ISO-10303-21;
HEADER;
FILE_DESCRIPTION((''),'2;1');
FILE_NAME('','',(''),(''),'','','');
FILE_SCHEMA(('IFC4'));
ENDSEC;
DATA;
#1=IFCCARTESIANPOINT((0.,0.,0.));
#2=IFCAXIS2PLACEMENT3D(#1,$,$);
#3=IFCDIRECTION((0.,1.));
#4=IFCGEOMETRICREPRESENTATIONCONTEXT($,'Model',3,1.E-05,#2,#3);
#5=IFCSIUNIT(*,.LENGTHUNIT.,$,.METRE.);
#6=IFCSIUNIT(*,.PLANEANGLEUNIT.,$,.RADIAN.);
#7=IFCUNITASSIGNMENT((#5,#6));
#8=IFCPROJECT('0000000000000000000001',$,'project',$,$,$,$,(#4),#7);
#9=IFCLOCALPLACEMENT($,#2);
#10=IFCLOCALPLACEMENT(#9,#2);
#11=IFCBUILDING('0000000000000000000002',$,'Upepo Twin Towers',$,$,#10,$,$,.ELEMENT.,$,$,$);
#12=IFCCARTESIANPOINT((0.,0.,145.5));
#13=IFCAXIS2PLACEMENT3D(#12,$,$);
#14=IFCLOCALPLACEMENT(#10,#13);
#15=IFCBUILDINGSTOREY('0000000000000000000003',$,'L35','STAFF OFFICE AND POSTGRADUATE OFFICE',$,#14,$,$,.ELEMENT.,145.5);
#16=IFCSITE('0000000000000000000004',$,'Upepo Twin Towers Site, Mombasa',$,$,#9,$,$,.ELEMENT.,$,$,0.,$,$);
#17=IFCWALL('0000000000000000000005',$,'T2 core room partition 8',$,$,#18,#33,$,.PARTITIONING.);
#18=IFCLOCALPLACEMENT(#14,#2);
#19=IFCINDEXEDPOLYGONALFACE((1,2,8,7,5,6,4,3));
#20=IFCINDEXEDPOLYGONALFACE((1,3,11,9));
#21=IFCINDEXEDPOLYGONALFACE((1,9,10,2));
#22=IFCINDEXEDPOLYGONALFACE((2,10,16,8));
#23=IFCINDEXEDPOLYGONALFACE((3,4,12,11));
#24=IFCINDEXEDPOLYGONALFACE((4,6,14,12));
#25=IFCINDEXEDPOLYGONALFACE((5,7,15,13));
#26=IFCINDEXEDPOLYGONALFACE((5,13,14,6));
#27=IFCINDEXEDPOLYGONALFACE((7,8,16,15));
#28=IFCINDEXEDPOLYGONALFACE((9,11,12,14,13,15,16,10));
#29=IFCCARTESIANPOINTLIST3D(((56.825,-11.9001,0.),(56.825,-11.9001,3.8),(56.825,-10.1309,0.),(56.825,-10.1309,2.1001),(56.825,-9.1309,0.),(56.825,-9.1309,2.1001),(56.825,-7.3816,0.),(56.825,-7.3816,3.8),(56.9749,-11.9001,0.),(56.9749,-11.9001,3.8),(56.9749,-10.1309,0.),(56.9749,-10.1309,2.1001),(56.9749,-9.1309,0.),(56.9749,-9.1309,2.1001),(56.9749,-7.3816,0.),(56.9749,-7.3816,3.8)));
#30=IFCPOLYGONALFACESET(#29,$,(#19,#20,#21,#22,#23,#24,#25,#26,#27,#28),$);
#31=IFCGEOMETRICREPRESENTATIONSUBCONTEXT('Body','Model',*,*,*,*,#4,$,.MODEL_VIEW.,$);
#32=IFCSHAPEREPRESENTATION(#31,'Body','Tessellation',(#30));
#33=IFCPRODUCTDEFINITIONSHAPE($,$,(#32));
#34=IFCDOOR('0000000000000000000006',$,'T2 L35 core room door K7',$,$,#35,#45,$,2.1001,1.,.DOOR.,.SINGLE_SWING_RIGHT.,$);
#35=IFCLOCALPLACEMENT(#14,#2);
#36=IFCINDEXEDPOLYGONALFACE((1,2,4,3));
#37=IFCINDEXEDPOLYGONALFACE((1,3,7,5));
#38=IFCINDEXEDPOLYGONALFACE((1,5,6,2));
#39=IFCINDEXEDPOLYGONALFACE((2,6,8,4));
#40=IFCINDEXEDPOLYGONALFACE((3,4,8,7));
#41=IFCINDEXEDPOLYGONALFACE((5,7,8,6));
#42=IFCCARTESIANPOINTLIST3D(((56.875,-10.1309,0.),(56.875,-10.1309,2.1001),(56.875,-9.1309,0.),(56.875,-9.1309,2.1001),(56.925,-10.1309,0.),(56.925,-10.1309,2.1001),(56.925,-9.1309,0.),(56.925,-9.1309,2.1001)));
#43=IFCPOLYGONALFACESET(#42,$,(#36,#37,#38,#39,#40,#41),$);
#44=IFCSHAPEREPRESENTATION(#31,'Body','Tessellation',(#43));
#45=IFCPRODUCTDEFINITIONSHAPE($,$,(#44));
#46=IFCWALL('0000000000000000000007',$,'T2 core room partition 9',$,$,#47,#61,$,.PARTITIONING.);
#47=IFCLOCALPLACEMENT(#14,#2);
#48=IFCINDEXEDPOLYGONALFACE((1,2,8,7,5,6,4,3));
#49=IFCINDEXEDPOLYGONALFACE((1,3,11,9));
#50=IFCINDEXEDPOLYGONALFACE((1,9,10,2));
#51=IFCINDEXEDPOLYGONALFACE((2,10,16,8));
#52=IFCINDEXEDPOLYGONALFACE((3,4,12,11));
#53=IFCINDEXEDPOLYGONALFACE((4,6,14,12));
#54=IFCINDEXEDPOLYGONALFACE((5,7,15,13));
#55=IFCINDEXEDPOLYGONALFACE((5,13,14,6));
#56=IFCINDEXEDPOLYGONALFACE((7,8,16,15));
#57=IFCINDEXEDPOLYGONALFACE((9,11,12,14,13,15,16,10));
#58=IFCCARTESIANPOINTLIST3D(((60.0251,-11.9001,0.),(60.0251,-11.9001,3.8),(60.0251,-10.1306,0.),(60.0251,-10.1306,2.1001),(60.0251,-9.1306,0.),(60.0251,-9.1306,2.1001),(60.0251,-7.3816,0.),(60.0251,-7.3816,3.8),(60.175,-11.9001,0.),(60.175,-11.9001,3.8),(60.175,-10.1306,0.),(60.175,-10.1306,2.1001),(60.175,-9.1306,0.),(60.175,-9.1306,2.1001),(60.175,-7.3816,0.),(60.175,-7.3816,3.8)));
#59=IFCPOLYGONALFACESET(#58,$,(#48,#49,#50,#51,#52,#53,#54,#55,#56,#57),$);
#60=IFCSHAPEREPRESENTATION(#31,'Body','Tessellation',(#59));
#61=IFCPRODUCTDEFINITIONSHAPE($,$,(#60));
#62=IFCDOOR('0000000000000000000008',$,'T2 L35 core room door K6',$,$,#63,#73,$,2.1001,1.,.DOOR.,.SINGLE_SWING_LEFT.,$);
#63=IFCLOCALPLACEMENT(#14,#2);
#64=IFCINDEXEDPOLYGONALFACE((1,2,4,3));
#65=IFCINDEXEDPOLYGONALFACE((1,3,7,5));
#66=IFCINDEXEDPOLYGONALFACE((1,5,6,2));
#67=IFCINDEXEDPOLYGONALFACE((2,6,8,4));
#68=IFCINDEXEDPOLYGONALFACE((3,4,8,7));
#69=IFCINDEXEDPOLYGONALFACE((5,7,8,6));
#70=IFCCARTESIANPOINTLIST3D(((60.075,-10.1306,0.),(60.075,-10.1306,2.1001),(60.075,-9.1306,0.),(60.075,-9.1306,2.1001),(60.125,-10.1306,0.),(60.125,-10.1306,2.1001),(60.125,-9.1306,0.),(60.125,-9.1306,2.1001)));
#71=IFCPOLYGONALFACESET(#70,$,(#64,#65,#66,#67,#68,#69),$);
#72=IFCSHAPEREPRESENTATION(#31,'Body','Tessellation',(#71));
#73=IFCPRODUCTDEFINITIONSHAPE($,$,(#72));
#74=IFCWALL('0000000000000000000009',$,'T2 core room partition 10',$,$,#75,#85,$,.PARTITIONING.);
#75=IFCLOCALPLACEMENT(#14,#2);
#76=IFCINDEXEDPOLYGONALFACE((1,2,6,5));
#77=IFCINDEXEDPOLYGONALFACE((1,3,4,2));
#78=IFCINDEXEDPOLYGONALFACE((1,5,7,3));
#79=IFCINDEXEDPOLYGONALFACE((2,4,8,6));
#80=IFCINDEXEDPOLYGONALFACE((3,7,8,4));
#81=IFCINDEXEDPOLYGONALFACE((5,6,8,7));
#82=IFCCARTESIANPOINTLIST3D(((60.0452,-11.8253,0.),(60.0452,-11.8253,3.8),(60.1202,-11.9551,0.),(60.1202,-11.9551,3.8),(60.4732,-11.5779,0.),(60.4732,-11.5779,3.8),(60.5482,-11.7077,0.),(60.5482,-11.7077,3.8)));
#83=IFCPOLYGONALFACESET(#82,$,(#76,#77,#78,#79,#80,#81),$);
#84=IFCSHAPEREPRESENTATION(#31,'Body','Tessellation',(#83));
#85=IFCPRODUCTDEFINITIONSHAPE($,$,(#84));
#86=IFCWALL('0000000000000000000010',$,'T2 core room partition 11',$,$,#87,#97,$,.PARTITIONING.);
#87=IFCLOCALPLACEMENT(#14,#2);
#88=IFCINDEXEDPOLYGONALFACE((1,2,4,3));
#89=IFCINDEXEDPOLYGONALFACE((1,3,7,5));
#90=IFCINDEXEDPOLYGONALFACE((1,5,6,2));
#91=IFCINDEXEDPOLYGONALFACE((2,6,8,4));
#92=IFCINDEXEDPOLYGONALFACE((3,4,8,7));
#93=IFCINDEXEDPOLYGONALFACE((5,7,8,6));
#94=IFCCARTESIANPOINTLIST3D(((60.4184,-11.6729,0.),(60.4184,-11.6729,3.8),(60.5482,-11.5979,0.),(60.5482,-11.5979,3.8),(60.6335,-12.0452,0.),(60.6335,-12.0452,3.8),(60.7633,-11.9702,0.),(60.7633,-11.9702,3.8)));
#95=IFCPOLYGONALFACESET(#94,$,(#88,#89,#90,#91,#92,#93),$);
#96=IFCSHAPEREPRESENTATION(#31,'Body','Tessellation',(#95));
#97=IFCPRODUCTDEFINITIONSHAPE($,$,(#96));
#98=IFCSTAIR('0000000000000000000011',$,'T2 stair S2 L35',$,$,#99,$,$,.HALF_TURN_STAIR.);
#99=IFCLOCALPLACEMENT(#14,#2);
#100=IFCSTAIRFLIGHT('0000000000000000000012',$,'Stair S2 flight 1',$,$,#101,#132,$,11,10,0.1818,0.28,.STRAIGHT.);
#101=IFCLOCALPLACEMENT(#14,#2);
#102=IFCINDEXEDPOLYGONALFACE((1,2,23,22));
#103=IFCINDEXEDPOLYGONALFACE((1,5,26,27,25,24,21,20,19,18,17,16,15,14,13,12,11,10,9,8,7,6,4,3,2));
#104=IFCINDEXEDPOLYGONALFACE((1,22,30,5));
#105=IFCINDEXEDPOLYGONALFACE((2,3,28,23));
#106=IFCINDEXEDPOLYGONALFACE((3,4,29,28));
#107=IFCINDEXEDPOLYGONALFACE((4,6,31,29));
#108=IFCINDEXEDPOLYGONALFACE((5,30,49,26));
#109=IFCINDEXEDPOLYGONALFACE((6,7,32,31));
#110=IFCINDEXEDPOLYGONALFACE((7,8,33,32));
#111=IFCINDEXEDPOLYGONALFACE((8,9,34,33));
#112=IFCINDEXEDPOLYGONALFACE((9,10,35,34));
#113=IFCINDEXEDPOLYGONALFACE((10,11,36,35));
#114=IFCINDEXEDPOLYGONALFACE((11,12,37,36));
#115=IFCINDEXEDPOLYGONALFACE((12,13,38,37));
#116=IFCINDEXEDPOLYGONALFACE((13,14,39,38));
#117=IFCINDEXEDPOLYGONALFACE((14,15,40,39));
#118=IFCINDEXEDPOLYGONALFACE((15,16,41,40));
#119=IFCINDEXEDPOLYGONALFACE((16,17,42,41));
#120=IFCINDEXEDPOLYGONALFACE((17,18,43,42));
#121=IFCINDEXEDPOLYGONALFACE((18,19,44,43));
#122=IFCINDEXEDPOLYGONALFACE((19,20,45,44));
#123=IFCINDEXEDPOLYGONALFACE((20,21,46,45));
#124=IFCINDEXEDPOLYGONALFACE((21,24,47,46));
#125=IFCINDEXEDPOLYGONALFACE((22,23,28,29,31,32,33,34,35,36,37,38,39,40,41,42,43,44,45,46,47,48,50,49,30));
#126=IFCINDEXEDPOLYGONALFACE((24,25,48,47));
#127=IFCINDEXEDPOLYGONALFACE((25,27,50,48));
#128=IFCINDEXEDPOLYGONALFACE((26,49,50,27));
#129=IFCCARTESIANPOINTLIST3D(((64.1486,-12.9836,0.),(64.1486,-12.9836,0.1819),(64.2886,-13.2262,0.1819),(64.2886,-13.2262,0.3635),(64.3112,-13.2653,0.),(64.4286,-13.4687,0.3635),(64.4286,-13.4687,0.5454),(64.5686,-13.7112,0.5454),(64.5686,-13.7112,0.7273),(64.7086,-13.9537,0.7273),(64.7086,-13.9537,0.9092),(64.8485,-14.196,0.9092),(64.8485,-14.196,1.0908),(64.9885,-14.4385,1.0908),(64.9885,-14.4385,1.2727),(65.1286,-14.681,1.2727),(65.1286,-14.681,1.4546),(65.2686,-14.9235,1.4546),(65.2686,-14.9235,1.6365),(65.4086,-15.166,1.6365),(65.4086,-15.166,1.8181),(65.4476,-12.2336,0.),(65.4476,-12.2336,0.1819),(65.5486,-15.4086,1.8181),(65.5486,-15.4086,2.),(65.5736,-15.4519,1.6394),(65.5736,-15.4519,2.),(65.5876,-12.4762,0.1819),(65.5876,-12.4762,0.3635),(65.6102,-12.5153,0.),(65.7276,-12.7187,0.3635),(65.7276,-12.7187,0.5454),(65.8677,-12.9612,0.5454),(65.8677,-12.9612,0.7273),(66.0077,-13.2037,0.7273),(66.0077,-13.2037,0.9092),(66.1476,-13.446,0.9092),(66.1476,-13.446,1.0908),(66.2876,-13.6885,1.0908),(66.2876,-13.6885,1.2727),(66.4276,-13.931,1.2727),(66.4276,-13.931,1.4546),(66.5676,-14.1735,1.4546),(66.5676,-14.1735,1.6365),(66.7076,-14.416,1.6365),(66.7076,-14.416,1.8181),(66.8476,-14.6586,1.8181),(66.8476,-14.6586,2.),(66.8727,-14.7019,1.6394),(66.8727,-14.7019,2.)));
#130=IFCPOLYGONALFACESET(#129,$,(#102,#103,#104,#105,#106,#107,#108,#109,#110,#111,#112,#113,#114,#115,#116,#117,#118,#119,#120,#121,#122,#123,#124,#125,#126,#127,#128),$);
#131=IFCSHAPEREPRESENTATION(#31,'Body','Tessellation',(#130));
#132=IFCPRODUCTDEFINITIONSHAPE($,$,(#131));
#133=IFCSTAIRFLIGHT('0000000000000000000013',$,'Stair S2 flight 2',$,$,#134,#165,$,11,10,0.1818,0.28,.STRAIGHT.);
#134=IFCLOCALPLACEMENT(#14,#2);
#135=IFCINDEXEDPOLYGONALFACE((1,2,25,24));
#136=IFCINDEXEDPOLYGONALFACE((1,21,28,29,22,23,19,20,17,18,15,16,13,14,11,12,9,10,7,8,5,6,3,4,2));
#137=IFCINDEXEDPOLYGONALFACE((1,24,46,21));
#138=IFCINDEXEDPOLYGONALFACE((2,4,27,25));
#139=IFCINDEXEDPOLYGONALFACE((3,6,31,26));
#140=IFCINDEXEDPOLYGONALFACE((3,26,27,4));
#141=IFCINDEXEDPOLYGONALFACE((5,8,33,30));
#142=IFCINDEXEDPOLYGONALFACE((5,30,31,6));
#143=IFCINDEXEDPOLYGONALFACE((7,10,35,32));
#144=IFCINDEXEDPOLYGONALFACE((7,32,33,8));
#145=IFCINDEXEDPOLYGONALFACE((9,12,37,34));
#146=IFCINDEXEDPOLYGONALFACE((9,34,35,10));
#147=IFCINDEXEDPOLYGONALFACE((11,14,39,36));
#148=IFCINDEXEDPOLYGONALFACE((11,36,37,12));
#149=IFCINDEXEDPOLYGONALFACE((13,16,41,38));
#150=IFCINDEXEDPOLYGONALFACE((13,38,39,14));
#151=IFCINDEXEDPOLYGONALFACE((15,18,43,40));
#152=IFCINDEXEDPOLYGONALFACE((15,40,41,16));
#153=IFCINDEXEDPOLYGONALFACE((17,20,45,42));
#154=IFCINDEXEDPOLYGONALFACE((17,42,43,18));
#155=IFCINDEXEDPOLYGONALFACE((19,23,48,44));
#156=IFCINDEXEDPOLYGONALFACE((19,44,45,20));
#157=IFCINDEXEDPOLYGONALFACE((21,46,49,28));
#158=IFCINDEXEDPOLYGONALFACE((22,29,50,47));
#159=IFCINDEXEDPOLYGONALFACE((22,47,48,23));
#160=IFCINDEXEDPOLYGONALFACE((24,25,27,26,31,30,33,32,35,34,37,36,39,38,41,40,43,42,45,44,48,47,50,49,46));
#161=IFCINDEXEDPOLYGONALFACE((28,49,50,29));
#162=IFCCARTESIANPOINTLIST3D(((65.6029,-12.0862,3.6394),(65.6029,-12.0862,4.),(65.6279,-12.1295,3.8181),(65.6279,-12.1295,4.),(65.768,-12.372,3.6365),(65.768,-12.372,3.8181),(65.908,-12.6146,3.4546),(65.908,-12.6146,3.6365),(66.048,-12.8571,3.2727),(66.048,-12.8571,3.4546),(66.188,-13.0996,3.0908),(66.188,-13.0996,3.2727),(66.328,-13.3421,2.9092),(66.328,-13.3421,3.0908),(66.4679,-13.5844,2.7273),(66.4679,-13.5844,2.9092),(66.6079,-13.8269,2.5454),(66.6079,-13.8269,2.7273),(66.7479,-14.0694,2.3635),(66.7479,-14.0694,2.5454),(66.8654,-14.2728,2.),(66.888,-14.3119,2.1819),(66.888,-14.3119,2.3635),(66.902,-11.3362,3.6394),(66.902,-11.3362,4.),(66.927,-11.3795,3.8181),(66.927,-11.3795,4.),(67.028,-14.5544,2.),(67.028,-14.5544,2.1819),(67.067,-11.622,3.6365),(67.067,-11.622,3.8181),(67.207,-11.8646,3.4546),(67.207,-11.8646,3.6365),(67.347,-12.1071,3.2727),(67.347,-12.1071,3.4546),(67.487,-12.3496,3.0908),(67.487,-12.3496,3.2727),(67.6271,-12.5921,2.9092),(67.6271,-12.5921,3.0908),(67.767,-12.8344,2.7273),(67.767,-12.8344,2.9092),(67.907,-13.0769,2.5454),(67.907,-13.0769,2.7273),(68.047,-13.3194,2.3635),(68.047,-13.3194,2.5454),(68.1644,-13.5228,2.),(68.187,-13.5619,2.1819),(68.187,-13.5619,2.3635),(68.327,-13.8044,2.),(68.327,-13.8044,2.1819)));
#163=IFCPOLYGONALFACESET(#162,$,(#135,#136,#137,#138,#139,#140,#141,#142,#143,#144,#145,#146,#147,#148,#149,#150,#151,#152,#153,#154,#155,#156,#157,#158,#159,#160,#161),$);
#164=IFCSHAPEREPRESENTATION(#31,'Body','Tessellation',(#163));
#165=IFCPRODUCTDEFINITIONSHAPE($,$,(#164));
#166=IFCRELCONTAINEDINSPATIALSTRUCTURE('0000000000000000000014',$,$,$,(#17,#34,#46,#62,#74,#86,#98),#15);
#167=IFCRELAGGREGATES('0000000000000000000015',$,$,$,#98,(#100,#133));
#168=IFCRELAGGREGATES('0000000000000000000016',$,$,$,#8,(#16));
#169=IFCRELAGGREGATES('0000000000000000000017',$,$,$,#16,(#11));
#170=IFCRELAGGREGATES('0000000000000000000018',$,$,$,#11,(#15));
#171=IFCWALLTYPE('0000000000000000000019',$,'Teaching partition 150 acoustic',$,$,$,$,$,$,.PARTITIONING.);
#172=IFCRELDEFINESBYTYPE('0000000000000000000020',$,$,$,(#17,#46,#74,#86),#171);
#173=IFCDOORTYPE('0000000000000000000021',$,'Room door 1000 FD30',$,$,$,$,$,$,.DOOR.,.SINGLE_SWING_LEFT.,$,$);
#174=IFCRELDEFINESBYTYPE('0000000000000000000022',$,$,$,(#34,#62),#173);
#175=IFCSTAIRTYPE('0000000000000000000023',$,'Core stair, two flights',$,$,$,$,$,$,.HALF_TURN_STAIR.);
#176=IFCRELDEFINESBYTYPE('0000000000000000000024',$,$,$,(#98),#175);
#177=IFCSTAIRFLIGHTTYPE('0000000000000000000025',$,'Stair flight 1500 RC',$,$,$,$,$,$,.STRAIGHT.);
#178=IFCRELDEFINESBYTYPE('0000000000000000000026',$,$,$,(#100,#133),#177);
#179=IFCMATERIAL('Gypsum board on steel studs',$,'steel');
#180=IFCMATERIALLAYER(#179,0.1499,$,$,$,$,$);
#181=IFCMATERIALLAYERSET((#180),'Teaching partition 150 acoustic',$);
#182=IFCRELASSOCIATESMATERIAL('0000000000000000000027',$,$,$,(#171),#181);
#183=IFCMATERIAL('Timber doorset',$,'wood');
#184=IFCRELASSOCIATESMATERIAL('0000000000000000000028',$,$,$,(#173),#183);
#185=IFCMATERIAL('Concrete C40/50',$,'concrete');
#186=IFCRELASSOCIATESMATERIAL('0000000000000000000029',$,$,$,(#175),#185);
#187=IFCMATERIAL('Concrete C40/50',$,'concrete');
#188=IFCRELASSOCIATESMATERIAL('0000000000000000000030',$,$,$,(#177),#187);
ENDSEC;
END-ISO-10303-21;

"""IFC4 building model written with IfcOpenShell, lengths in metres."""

from ifc_helpers import new_model, si_unit, direction, frame, frame_2d, origin, place, context, subcontext, project, spatial, polyline, rectangle, outline, extrude, material, layer, layer_set, type_object, element, fill, aggregate, save


model = new_model("IFC4")

# Units and contexts
model_context = context("Model", 3, precision=1e-05, world=origin(), true_north=direction((0.0, 1.0)))
body_context = subcontext(model_context, "Body", "Model", "MODEL_VIEW")
ifc_project = project(units=[si_unit("LENGTHUNIT", "METRE"), si_unit("PLANEANGLEUNIT", "RADIAN")], contexts=[model_context])

# Site, building, storey
site_placement = place(None, origin())
site = spatial("IfcSite", under=ifc_project, at=site_placement, Name="Upepo Twin Towers Site, Mombasa", CompositionType="ELEMENT", RefElevation=0.0)
building_placement = place(site_placement, origin())
building = spatial("IfcBuilding", under=site, at=building_placement, Name="Upepo Twin Towers", CompositionType="ELEMENT")
storey_placement = place(building_placement, frame((0.0, 0.0, 145.5)))
storey = spatial("IfcBuildingStorey", under=building, at=storey_placement, Name="L35", Description="STAFF OFFICE AND POSTGRADUATE OFFICE", CompositionType="ELEMENT", Elevation=145.5)

# Walls, openings, doors
ifc_material_1 = material(Name="Gypsum board on steel studs", Category="steel")
ifc_layer_1 = layer(ifc_material_1, 0.1499)
ifc_layer_set_1 = layer_set([ifc_layer_1], Name="Teaching partition 150 acoustic")
wall_type_1 = type_object("IfcWallType", Name="Teaching partition 150 acoustic", PredefinedType="PARTITIONING", material=ifc_layer_set_1)
wall_1_placement = place(storey_placement, frame((56.8999, -11.9001, 0.0), z_axis=(0.0, 0.0, 1.0), x_axis=(0.0, 1.0, 0.0)))
wall_1 = element("IfcWall", 1, at=wall_1_placement, inside=storey, type_object=wall_type_1, Name="T2 core room partition 8", PredefinedType="PARTITIONING", context=body_context, shape_type="SweptSolid", body=[
    extrude(rectangle(XDim=4.5186, YDim=0.1499, at=frame_2d((2.2593, 0.0))), origin(), (0.0, 0.0, 1.0), 3.8),
])
opening_1_placement = place(wall_1_placement, frame((1.7693, 0.0, 0.0)))
opening_1 = element("IfcOpeningElement", 2, at=opening_1_placement, cuts=wall_1, PredefinedType="OPENING", context=body_context, shape_type="SweptSolid", body=[
    extrude(rectangle(XDim=1.0, YDim=2.1001, at=frame_2d((0.5, 1.05))), frame((0.0, 0.085, 0.0), z_axis=(0.0, -1.0, 0.0), x_axis=(1.0, 0.0, 0.0)), (0.0, 0.0, 1.0), 0.1699),
])
ifc_material_2 = material(Name="Timber doorset", Category="wood")
door_type_1 = type_object("IfcDoorType", Name="Room door 1000 FD30", OperationType="SINGLE_SWING_LEFT", PredefinedType="DOOR", material=ifc_material_2)
door_1_placement = place(opening_1_placement, origin())
door_1 = element("IfcDoor", 3, at=door_1_placement, inside=storey, type_object=door_type_1, Name="T2 L35 core room door K7", OperationType="SINGLE_SWING_RIGHT", OverallHeight=2.1001, OverallWidth=1.0, PredefinedType="DOOR", context=body_context, shape_type="SweptSolid", body=[
    extrude(rectangle(XDim=1.0, YDim=2.1001, at=frame_2d((0.5, 1.05))), frame((0.0, 0.0249, 0.0), z_axis=(0.0, -1.0, 0.0), x_axis=(1.0, 0.0, 0.0)), (0.0, 0.0, 1.0), 0.05),
])
fill(opening_1, door_1)
wall_2_placement = place(storey_placement, frame((60.1001, -7.3816, 0.0), z_axis=(0.0, 0.0, 1.0), x_axis=(0.0, -1.0, 0.0)))
wall_2 = element("IfcWall", 4, at=wall_2_placement, inside=storey, type_object=wall_type_1, Name="T2 core room partition 9", PredefinedType="PARTITIONING", context=body_context, shape_type="SweptSolid", body=[
    extrude(rectangle(XDim=4.5186, YDim=0.1499, at=frame_2d((2.2593, 0.0))), origin(), (0.0, 0.0, 1.0), 3.8),
])
opening_2_placement = place(wall_2_placement, frame((1.749, 0.0, 0.0)))
opening_2 = element("IfcOpeningElement", 5, at=opening_2_placement, cuts=wall_2, PredefinedType="OPENING", context=body_context, shape_type="SweptSolid", body=[
    extrude(rectangle(XDim=1.0, YDim=2.1001, at=frame_2d((0.5, 1.05))), frame((0.0, 0.085, 0.0), z_axis=(0.0, -1.0, 0.0), x_axis=(1.0, 0.0, 0.0)), (0.0, 0.0, 1.0), 0.1699),
])
door_2_placement = place(opening_2_placement, origin())
door_2 = element("IfcDoor", 6, at=door_2_placement, inside=storey, type_object=door_type_1, Name="T2 L35 core room door K6", OperationType="SINGLE_SWING_LEFT", OverallHeight=2.1001, OverallWidth=1.0, PredefinedType="DOOR", context=body_context, shape_type="SweptSolid", body=[
    extrude(rectangle(XDim=1.0, YDim=2.1001, at=frame_2d((0.5, 1.05))), frame((0.0, 0.0249, 0.0), z_axis=(0.0, -1.0, 0.0), x_axis=(1.0, 0.0, 0.0)), (0.0, 0.0, 1.0), 0.05),
])
fill(opening_2, door_2)

# Walls
wall_3_placement = place(storey_placement, frame((60.0828, -11.8901, 0.0), z_axis=(0.0, 0.0, 1.0), x_axis=(0.865832, 0.500335, 0.0)))
element("IfcWall", 7, at=wall_3_placement, inside=storey, type_object=wall_type_1, Name="T2 core room partition 10", PredefinedType="PARTITIONING", context=body_context, shape_type="SweptSolid", body=[
    extrude(rectangle(XDim=0.4944, YDim=0.1499, at=frame_2d((0.2471, 0.0))), origin(), (0.0, 0.0, 1.0), 3.8),
])
wall_4_placement = place(storey_placement, frame((60.4834, -11.6355, 0.0), z_axis=(0.0, 0.0, 1.0), x_axis=(0.50023, -0.865892, 0.0)))
element("IfcWall", 8, at=wall_4_placement, inside=storey, type_object=wall_type_1, Name="T2 core room partition 11", PredefinedType="PARTITIONING", context=body_context, shape_type="SweptSolid", body=[
    extrude(rectangle(XDim=0.4299, YDim=0.1499, at=frame_2d((0.2148, 0.0))), origin(), (0.0, 0.0, 1.0), 3.8),
])

# Stair, stair flights
ifc_material_3 = material(Name="Concrete C40/50", Category="concrete")
stair_type = type_object("IfcStairType", Name="Core stair, two flights", PredefinedType="HALF_TURN_STAIR", material=ifc_material_3)
stair_placement = place(storey_placement, origin())
stair = element("IfcStair", 9, at=stair_placement, inside=storey, type_object=stair_type, Name="T2 stair S2 L35", PredefinedType="HALF_TURN_STAIR")
ifc_material_4 = material(Name="Concrete C40/50", Category="concrete")
stair_flight_type = type_object("IfcStairFlightType", Name="Stair flight 1500 RC", PredefinedType="STRAIGHT", material=ifc_material_4)
stair_flight_1_placement = place(storey_placement, frame((64.7981, -12.6086, 0.0), z_axis=(0.0, 0.0, 1.0), x_axis=(0.5, -0.866025, 0.0)))
stair_flight_1 = element("IfcStairFlight", 10, at=stair_flight_1_placement, type_object=stair_flight_type, Name="Stair S2 flight 1", NumberOfRisers=11, NumberOfTreads=10, PredefinedType="STRAIGHT", RiserHeight=0.1818, TreadLength=0.28, context=body_context, shape_type="SweptSolid", body=[
    extrude(outline(polyline([(0.0, 0.0), (0.0, 0.1819), (0.28, 0.1819), (0.28, 0.3635), (0.5601, 0.3635), (0.5601, 0.5454), (0.8401, 0.5454), (0.8401, 0.7273), (1.1201, 0.7273), (1.1201, 0.9092), (1.3999, 0.9092), (1.3999, 1.0908), (1.6799, 1.0908), (1.6799, 1.2727), (1.96, 1.2727), (1.96, 1.4546), (2.24, 1.4546), (2.24, 1.6365), (2.52, 1.6365), (2.52, 1.8181), (2.8, 1.8181), (2.8, 2.0), (2.8501, 2.0), (2.8501, 1.6394), (0.3252, 0.0), (0.0, 0.0)])), frame((0.0, 0.75, 0.0), z_axis=(0.0, -1.0, 0.0), x_axis=(1.0, 0.0, 0.0)), (0.0, 0.0, 1.0), 1.5),
])
stair_flight_2_placement = place(storey_placement, frame((67.6775, -14.1794, 2.0), z_axis=(0.0, 0.0, 1.0), x_axis=(-0.5, 0.866025, 0.0)))
stair_flight_2 = element("IfcStairFlight", 11, at=stair_flight_2_placement, type_object=stair_flight_type, Name="Stair S2 flight 2", NumberOfRisers=11, NumberOfTreads=10, PredefinedType="STRAIGHT", RiserHeight=0.1818, TreadLength=0.28, context=body_context, shape_type="SweptSolid", body=[
    extrude(outline(polyline([(0.0, 0.0), (0.0, 0.1819), (0.28, 0.1819), (0.28, 0.3635), (0.5601, 0.3635), (0.5601, 0.5454), (0.8401, 0.5454), (0.8401, 0.7273), (1.1201, 0.7273), (1.1201, 0.9092), (1.3999, 0.9092), (1.3999, 1.0908), (1.6799, 1.0908), (1.6799, 1.2727), (1.96, 1.2727), (1.96, 1.4546), (2.24, 1.4546), (2.24, 1.6365), (2.52, 1.6365), (2.52, 1.8181), (2.8, 1.8181), (2.8, 2.0), (2.8501, 2.0), (2.8501, 1.6394), (0.3252, 0.0), (0.0, 0.0)])), frame((0.0, 0.75, 0.0), z_axis=(0.0, -1.0, 0.0), x_axis=(1.0, 0.0, 0.0)), (0.0, 0.0, 1.0), 1.5),
])
aggregate(stair, [stair_flight_1, stair_flight_2])

save(model, "model.ifc")
